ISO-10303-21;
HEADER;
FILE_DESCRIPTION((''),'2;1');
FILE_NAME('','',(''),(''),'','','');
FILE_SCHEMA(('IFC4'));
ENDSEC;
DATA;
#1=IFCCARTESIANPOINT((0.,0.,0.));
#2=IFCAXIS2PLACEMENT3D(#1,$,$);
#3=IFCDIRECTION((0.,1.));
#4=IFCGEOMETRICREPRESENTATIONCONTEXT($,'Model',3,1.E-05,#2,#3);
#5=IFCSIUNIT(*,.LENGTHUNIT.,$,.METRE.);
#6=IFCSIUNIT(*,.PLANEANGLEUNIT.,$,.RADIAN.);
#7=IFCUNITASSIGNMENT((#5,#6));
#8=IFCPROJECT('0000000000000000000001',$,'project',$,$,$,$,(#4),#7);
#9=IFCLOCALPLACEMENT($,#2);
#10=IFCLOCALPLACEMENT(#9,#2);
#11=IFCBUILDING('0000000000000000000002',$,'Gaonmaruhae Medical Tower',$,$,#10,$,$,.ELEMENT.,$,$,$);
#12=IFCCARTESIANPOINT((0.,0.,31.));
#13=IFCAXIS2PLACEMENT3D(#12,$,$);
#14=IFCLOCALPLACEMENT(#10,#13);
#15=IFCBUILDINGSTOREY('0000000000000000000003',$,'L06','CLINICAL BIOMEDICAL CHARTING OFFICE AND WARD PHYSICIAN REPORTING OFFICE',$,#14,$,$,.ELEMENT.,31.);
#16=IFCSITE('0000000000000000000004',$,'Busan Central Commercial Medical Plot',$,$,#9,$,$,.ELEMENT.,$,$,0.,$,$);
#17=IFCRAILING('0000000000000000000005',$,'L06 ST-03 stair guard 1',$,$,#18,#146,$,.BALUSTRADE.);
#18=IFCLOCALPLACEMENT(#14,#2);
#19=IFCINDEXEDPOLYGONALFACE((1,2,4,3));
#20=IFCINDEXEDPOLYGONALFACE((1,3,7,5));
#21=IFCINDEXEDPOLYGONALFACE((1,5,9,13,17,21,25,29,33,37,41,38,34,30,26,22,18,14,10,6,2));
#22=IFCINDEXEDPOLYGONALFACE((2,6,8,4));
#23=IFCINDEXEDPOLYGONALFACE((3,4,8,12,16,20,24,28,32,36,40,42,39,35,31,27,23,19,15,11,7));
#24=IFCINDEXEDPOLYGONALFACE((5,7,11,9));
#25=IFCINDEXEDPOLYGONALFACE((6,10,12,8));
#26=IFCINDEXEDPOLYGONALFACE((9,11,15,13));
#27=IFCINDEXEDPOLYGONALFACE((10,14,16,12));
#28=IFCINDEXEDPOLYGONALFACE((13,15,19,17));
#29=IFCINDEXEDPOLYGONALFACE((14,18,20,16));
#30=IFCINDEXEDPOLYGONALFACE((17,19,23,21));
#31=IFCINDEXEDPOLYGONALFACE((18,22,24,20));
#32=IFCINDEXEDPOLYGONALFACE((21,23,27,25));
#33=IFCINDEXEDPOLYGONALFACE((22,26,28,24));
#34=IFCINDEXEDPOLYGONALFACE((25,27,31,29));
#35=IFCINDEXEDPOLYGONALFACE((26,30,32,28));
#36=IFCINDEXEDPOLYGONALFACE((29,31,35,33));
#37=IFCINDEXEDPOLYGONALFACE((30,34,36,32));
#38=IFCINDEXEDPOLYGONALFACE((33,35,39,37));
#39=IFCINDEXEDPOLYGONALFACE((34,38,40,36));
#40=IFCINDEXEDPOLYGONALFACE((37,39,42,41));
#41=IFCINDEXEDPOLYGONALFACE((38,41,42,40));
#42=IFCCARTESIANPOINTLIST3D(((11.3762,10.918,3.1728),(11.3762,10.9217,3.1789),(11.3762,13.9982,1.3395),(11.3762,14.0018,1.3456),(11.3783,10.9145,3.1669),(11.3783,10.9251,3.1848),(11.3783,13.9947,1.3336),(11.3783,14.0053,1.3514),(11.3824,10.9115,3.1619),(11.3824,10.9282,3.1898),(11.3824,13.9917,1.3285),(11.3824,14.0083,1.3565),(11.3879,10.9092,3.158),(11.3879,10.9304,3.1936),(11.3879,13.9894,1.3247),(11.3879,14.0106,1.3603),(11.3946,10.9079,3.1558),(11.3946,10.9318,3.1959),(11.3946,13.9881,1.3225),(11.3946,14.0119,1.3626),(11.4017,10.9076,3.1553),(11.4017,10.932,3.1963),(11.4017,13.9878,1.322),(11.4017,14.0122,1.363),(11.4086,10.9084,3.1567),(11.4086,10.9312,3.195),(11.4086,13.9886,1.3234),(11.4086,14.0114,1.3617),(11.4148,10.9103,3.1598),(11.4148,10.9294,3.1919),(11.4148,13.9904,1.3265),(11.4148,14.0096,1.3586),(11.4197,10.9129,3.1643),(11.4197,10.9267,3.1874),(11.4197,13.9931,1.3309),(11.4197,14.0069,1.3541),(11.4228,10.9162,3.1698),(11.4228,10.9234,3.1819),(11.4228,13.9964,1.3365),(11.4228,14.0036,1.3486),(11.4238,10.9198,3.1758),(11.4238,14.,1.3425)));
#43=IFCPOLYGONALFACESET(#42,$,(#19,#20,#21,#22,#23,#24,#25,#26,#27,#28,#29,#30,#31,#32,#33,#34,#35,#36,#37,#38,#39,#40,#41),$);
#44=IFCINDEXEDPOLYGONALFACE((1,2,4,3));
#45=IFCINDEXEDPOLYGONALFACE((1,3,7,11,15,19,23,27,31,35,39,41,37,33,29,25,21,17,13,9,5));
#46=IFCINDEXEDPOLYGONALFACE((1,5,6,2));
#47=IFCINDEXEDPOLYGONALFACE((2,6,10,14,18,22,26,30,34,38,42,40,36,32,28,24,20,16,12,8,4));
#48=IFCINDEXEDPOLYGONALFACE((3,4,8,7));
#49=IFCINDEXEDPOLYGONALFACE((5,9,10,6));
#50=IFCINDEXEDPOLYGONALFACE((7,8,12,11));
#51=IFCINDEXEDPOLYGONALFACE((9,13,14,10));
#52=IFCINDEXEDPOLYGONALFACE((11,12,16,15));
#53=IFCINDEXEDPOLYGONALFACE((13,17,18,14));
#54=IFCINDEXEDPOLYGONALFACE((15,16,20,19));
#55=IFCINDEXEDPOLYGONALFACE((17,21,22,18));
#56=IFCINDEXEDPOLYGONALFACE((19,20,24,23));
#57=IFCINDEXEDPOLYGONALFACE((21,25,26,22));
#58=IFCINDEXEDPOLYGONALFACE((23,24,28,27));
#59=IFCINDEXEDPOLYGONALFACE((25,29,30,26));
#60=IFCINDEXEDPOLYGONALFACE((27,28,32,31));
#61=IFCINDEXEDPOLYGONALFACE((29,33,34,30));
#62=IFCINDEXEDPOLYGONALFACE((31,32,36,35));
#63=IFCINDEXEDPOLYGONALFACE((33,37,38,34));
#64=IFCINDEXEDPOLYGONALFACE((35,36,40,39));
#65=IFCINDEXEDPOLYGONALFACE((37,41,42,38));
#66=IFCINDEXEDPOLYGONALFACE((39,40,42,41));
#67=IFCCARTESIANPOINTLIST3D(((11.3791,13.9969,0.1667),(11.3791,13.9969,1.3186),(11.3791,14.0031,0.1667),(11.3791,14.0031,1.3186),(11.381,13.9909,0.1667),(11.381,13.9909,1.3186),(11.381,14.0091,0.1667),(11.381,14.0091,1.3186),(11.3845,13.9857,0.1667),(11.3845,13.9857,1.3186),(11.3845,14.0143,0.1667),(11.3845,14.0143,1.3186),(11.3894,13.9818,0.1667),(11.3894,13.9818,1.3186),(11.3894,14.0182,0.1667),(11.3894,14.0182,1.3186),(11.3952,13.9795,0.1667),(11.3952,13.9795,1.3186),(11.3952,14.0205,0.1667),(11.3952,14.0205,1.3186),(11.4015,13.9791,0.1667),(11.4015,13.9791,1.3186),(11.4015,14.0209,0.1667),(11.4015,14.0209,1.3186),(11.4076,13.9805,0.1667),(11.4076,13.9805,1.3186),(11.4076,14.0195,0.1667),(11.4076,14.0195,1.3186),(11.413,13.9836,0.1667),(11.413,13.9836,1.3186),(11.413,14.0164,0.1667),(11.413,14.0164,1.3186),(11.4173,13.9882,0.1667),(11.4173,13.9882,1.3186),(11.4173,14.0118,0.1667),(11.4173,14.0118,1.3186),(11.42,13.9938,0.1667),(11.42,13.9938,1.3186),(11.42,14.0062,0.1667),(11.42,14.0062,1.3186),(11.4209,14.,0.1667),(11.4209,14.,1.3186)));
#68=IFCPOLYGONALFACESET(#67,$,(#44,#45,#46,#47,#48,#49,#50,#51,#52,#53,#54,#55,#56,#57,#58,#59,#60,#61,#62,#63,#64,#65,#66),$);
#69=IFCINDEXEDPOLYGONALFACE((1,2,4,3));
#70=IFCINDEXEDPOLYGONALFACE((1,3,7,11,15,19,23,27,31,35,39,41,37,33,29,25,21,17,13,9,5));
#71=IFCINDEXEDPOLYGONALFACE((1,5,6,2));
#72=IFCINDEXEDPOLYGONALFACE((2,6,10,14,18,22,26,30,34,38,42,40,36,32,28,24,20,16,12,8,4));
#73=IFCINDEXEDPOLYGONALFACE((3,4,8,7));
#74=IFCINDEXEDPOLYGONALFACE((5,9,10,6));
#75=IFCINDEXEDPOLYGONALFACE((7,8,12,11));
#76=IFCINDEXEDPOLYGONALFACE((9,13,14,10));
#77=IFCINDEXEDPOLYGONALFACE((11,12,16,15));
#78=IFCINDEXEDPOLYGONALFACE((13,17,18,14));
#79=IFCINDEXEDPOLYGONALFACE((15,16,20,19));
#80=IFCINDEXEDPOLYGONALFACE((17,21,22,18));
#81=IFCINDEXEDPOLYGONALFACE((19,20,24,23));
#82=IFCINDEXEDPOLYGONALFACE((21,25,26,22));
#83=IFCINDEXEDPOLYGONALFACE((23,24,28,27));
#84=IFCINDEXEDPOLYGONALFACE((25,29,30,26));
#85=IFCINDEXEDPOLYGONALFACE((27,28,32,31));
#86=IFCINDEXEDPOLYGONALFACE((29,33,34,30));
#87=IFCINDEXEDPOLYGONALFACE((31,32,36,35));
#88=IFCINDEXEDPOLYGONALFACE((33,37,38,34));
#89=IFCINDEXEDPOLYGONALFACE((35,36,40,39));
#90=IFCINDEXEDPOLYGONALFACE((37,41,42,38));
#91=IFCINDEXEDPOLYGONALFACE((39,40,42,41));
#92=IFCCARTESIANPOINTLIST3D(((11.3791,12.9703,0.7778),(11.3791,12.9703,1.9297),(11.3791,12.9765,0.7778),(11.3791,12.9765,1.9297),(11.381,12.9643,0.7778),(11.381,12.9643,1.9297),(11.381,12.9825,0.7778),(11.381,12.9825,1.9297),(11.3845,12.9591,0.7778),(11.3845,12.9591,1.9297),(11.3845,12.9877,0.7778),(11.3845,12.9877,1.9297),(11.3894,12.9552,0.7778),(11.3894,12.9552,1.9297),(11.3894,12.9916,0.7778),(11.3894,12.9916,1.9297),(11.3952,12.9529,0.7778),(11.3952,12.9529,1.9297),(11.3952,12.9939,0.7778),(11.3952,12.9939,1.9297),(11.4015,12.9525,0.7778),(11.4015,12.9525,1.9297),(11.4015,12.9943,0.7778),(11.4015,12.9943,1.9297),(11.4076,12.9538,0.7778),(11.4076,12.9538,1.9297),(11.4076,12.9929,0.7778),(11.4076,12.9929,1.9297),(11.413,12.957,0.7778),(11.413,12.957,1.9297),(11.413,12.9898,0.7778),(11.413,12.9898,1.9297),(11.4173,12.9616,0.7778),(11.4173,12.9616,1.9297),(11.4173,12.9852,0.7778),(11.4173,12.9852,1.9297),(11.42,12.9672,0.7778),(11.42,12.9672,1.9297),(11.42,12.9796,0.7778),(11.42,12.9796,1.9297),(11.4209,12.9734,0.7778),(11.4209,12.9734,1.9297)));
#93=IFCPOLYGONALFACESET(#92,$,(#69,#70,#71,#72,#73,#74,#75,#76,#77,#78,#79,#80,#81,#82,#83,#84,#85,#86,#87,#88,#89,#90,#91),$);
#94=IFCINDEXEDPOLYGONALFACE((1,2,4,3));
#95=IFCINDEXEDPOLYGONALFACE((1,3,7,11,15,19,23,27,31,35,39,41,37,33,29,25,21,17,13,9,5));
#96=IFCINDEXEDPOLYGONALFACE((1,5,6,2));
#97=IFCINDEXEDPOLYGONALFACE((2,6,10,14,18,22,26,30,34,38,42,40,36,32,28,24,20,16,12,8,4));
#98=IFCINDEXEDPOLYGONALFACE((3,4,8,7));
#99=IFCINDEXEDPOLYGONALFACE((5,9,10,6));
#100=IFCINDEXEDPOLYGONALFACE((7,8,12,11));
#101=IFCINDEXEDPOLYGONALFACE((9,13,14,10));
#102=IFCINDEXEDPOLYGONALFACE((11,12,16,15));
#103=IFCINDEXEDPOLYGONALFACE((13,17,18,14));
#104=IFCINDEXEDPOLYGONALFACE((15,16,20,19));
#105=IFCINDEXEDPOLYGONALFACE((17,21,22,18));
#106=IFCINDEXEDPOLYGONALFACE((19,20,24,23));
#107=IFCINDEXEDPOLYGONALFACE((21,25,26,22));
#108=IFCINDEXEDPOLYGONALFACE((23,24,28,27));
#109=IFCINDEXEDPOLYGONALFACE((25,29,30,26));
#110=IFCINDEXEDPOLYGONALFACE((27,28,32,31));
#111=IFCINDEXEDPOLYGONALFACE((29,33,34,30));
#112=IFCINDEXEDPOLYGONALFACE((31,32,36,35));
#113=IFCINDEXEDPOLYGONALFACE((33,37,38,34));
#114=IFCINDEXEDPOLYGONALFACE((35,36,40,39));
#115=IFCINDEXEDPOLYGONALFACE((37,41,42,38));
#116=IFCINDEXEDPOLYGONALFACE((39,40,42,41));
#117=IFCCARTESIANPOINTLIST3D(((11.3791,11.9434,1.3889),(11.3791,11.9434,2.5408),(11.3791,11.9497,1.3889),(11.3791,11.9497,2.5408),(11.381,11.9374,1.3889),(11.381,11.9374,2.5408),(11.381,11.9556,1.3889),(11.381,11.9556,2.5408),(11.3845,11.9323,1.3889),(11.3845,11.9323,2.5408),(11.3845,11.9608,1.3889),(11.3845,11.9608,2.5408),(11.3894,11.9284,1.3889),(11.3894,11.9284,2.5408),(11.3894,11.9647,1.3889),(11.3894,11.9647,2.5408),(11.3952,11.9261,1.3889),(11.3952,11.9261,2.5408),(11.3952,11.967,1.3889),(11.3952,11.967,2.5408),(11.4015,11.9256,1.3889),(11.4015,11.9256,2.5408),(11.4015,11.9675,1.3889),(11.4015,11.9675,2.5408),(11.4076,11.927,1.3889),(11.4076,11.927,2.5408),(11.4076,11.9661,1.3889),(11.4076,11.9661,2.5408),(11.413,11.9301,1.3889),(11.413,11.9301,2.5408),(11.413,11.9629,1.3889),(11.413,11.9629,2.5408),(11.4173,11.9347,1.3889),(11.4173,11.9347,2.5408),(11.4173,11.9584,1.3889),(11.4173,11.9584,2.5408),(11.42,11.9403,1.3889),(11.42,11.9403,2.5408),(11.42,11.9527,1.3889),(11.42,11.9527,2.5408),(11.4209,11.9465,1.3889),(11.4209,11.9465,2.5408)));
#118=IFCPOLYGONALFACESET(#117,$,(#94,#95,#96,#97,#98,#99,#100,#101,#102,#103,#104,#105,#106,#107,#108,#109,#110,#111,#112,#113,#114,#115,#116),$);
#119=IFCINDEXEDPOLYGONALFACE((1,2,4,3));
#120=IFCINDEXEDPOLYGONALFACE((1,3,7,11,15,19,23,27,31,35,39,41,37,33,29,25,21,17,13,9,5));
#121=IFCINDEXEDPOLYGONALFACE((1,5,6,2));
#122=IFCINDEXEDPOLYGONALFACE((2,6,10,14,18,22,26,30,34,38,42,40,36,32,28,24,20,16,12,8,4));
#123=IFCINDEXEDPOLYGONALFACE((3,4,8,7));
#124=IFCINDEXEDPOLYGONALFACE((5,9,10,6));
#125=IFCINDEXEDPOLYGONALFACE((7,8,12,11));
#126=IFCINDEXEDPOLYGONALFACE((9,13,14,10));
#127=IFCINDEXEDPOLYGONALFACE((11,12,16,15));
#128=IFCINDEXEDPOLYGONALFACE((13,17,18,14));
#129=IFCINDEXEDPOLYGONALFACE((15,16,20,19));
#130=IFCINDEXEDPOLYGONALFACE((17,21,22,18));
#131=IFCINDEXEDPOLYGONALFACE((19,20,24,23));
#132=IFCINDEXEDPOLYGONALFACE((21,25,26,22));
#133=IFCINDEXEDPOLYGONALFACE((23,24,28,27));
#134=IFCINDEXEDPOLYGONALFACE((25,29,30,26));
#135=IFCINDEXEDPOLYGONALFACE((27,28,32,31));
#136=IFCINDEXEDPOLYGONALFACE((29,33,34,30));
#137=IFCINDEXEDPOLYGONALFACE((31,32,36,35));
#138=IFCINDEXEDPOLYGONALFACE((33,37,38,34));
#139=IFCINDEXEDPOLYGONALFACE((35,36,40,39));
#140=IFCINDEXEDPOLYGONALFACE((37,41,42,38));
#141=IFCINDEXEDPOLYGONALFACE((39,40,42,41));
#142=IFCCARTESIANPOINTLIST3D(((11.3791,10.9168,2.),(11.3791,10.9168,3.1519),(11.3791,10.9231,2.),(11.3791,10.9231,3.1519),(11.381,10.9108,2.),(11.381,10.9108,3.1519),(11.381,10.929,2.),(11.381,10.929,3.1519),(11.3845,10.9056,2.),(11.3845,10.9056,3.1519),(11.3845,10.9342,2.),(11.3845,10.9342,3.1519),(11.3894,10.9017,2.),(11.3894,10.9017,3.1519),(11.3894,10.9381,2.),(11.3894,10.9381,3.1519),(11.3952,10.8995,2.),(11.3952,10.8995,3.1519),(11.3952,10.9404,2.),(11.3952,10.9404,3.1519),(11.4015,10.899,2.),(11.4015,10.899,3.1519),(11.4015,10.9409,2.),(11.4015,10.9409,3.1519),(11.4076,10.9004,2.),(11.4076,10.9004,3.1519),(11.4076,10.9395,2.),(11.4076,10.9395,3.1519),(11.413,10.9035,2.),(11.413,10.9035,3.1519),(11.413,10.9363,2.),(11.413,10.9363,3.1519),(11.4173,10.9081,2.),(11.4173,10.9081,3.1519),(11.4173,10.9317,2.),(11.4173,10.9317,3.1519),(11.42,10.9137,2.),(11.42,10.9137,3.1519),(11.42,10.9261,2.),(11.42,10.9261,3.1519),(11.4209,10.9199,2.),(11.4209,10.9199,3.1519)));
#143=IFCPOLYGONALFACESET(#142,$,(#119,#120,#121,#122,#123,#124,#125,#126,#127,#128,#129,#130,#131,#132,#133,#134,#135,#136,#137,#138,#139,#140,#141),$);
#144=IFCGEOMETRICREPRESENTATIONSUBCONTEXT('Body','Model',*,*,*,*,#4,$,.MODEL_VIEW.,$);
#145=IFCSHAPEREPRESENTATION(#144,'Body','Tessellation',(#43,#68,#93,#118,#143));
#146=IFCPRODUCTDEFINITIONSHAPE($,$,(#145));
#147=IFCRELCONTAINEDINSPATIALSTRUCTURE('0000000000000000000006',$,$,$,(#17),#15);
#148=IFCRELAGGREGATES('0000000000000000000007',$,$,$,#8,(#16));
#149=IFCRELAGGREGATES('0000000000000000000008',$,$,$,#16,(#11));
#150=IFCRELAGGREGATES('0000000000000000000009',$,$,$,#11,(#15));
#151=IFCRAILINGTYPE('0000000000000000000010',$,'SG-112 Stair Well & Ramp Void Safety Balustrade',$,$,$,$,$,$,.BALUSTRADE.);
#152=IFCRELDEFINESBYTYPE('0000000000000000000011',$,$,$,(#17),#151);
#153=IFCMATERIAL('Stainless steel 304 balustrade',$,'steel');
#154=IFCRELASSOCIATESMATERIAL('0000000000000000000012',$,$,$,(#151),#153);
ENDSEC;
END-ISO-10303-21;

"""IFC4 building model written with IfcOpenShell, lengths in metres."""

from ifc_helpers import new_model, si_unit, direction, frame, origin, origin_2d, place, context, subcontext, project, spatial, circle, extrude, material, type_object, element, save


model = new_model("IFC4")

# Units and contexts
model_context = context("Model", 3, precision=1e-05, world=origin(), true_north=direction((0.0, 1.0)))
body_context = subcontext(model_context, "Body", "Model", "MODEL_VIEW")
ifc_project = project(units=[si_unit("LENGTHUNIT", "METRE"), si_unit("PLANEANGLEUNIT", "RADIAN")], contexts=[model_context])

# Site, building, storey
site_placement = place(None, origin())
site = spatial("IfcSite", under=ifc_project, at=site_placement, Name="Busan Central Commercial Medical Plot", CompositionType="ELEMENT", RefElevation=0.0)
building_placement = place(site_placement, origin())
building = spatial("IfcBuilding", under=site, at=building_placement, Name="Gaonmaruhae Medical Tower", CompositionType="ELEMENT")
storey_placement = place(building_placement, frame((0.0, 0.0, 31.0)))
storey = spatial("IfcBuildingStorey", under=building, at=storey_placement, Name="L06", Description="CLINICAL BIOMEDICAL CHARTING OFFICE AND WARD PHYSICIAN REPORTING OFFICE", CompositionType="ELEMENT", Elevation=31.0)

# Railing
ifc_material_1 = material(Name="Stainless steel 304 balustrade", Category="steel")
railing_type_1 = type_object("IfcRailingType", Name="SG-112 Stair Well & Ramp Void Safety Balustrade", PredefinedType="BALUSTRADE", material=ifc_material_1)
railing_1_placement = place(storey_placement, frame((11.3999, 14.0, 0.1667)))
element("IfcRailing", 1, at=railing_1_placement, inside=storey, type_object=railing_type_1, Name="L06 ST-03 stair guard 1", PredefinedType="BALUSTRADE", context=body_context, shape_type="SweptSolid", body=[
    extrude(circle(Radius=0.0239, at=origin_2d()), frame((0.0, 0.0, 1.1758), z_axis=(0.0, -0.859309, 0.511458), x_axis=(1.0, 0.0, 0.0)), (0.0, 0.0, 1.0), 3.5845),
    extrude(circle(Radius=0.021, at=origin_2d()), origin(), (0.0, 0.0, 1.0), 1.1519),
    extrude(circle(Radius=0.021, at=origin_2d()), frame((0.0, -1.0266, 0.6111)), (0.0, 0.0, 1.0), 1.1519),
    extrude(circle(Radius=0.021, at=origin_2d()), frame((0.0, -2.0535, 1.2222)), (0.0, 0.0, 1.0), 1.1519),
    extrude(circle(Radius=0.021, at=origin_2d()), frame((0.0, -3.0801, 1.8333)), (0.0, 0.0, 1.0), 1.1519),
])

save(model, "model.ifc")
